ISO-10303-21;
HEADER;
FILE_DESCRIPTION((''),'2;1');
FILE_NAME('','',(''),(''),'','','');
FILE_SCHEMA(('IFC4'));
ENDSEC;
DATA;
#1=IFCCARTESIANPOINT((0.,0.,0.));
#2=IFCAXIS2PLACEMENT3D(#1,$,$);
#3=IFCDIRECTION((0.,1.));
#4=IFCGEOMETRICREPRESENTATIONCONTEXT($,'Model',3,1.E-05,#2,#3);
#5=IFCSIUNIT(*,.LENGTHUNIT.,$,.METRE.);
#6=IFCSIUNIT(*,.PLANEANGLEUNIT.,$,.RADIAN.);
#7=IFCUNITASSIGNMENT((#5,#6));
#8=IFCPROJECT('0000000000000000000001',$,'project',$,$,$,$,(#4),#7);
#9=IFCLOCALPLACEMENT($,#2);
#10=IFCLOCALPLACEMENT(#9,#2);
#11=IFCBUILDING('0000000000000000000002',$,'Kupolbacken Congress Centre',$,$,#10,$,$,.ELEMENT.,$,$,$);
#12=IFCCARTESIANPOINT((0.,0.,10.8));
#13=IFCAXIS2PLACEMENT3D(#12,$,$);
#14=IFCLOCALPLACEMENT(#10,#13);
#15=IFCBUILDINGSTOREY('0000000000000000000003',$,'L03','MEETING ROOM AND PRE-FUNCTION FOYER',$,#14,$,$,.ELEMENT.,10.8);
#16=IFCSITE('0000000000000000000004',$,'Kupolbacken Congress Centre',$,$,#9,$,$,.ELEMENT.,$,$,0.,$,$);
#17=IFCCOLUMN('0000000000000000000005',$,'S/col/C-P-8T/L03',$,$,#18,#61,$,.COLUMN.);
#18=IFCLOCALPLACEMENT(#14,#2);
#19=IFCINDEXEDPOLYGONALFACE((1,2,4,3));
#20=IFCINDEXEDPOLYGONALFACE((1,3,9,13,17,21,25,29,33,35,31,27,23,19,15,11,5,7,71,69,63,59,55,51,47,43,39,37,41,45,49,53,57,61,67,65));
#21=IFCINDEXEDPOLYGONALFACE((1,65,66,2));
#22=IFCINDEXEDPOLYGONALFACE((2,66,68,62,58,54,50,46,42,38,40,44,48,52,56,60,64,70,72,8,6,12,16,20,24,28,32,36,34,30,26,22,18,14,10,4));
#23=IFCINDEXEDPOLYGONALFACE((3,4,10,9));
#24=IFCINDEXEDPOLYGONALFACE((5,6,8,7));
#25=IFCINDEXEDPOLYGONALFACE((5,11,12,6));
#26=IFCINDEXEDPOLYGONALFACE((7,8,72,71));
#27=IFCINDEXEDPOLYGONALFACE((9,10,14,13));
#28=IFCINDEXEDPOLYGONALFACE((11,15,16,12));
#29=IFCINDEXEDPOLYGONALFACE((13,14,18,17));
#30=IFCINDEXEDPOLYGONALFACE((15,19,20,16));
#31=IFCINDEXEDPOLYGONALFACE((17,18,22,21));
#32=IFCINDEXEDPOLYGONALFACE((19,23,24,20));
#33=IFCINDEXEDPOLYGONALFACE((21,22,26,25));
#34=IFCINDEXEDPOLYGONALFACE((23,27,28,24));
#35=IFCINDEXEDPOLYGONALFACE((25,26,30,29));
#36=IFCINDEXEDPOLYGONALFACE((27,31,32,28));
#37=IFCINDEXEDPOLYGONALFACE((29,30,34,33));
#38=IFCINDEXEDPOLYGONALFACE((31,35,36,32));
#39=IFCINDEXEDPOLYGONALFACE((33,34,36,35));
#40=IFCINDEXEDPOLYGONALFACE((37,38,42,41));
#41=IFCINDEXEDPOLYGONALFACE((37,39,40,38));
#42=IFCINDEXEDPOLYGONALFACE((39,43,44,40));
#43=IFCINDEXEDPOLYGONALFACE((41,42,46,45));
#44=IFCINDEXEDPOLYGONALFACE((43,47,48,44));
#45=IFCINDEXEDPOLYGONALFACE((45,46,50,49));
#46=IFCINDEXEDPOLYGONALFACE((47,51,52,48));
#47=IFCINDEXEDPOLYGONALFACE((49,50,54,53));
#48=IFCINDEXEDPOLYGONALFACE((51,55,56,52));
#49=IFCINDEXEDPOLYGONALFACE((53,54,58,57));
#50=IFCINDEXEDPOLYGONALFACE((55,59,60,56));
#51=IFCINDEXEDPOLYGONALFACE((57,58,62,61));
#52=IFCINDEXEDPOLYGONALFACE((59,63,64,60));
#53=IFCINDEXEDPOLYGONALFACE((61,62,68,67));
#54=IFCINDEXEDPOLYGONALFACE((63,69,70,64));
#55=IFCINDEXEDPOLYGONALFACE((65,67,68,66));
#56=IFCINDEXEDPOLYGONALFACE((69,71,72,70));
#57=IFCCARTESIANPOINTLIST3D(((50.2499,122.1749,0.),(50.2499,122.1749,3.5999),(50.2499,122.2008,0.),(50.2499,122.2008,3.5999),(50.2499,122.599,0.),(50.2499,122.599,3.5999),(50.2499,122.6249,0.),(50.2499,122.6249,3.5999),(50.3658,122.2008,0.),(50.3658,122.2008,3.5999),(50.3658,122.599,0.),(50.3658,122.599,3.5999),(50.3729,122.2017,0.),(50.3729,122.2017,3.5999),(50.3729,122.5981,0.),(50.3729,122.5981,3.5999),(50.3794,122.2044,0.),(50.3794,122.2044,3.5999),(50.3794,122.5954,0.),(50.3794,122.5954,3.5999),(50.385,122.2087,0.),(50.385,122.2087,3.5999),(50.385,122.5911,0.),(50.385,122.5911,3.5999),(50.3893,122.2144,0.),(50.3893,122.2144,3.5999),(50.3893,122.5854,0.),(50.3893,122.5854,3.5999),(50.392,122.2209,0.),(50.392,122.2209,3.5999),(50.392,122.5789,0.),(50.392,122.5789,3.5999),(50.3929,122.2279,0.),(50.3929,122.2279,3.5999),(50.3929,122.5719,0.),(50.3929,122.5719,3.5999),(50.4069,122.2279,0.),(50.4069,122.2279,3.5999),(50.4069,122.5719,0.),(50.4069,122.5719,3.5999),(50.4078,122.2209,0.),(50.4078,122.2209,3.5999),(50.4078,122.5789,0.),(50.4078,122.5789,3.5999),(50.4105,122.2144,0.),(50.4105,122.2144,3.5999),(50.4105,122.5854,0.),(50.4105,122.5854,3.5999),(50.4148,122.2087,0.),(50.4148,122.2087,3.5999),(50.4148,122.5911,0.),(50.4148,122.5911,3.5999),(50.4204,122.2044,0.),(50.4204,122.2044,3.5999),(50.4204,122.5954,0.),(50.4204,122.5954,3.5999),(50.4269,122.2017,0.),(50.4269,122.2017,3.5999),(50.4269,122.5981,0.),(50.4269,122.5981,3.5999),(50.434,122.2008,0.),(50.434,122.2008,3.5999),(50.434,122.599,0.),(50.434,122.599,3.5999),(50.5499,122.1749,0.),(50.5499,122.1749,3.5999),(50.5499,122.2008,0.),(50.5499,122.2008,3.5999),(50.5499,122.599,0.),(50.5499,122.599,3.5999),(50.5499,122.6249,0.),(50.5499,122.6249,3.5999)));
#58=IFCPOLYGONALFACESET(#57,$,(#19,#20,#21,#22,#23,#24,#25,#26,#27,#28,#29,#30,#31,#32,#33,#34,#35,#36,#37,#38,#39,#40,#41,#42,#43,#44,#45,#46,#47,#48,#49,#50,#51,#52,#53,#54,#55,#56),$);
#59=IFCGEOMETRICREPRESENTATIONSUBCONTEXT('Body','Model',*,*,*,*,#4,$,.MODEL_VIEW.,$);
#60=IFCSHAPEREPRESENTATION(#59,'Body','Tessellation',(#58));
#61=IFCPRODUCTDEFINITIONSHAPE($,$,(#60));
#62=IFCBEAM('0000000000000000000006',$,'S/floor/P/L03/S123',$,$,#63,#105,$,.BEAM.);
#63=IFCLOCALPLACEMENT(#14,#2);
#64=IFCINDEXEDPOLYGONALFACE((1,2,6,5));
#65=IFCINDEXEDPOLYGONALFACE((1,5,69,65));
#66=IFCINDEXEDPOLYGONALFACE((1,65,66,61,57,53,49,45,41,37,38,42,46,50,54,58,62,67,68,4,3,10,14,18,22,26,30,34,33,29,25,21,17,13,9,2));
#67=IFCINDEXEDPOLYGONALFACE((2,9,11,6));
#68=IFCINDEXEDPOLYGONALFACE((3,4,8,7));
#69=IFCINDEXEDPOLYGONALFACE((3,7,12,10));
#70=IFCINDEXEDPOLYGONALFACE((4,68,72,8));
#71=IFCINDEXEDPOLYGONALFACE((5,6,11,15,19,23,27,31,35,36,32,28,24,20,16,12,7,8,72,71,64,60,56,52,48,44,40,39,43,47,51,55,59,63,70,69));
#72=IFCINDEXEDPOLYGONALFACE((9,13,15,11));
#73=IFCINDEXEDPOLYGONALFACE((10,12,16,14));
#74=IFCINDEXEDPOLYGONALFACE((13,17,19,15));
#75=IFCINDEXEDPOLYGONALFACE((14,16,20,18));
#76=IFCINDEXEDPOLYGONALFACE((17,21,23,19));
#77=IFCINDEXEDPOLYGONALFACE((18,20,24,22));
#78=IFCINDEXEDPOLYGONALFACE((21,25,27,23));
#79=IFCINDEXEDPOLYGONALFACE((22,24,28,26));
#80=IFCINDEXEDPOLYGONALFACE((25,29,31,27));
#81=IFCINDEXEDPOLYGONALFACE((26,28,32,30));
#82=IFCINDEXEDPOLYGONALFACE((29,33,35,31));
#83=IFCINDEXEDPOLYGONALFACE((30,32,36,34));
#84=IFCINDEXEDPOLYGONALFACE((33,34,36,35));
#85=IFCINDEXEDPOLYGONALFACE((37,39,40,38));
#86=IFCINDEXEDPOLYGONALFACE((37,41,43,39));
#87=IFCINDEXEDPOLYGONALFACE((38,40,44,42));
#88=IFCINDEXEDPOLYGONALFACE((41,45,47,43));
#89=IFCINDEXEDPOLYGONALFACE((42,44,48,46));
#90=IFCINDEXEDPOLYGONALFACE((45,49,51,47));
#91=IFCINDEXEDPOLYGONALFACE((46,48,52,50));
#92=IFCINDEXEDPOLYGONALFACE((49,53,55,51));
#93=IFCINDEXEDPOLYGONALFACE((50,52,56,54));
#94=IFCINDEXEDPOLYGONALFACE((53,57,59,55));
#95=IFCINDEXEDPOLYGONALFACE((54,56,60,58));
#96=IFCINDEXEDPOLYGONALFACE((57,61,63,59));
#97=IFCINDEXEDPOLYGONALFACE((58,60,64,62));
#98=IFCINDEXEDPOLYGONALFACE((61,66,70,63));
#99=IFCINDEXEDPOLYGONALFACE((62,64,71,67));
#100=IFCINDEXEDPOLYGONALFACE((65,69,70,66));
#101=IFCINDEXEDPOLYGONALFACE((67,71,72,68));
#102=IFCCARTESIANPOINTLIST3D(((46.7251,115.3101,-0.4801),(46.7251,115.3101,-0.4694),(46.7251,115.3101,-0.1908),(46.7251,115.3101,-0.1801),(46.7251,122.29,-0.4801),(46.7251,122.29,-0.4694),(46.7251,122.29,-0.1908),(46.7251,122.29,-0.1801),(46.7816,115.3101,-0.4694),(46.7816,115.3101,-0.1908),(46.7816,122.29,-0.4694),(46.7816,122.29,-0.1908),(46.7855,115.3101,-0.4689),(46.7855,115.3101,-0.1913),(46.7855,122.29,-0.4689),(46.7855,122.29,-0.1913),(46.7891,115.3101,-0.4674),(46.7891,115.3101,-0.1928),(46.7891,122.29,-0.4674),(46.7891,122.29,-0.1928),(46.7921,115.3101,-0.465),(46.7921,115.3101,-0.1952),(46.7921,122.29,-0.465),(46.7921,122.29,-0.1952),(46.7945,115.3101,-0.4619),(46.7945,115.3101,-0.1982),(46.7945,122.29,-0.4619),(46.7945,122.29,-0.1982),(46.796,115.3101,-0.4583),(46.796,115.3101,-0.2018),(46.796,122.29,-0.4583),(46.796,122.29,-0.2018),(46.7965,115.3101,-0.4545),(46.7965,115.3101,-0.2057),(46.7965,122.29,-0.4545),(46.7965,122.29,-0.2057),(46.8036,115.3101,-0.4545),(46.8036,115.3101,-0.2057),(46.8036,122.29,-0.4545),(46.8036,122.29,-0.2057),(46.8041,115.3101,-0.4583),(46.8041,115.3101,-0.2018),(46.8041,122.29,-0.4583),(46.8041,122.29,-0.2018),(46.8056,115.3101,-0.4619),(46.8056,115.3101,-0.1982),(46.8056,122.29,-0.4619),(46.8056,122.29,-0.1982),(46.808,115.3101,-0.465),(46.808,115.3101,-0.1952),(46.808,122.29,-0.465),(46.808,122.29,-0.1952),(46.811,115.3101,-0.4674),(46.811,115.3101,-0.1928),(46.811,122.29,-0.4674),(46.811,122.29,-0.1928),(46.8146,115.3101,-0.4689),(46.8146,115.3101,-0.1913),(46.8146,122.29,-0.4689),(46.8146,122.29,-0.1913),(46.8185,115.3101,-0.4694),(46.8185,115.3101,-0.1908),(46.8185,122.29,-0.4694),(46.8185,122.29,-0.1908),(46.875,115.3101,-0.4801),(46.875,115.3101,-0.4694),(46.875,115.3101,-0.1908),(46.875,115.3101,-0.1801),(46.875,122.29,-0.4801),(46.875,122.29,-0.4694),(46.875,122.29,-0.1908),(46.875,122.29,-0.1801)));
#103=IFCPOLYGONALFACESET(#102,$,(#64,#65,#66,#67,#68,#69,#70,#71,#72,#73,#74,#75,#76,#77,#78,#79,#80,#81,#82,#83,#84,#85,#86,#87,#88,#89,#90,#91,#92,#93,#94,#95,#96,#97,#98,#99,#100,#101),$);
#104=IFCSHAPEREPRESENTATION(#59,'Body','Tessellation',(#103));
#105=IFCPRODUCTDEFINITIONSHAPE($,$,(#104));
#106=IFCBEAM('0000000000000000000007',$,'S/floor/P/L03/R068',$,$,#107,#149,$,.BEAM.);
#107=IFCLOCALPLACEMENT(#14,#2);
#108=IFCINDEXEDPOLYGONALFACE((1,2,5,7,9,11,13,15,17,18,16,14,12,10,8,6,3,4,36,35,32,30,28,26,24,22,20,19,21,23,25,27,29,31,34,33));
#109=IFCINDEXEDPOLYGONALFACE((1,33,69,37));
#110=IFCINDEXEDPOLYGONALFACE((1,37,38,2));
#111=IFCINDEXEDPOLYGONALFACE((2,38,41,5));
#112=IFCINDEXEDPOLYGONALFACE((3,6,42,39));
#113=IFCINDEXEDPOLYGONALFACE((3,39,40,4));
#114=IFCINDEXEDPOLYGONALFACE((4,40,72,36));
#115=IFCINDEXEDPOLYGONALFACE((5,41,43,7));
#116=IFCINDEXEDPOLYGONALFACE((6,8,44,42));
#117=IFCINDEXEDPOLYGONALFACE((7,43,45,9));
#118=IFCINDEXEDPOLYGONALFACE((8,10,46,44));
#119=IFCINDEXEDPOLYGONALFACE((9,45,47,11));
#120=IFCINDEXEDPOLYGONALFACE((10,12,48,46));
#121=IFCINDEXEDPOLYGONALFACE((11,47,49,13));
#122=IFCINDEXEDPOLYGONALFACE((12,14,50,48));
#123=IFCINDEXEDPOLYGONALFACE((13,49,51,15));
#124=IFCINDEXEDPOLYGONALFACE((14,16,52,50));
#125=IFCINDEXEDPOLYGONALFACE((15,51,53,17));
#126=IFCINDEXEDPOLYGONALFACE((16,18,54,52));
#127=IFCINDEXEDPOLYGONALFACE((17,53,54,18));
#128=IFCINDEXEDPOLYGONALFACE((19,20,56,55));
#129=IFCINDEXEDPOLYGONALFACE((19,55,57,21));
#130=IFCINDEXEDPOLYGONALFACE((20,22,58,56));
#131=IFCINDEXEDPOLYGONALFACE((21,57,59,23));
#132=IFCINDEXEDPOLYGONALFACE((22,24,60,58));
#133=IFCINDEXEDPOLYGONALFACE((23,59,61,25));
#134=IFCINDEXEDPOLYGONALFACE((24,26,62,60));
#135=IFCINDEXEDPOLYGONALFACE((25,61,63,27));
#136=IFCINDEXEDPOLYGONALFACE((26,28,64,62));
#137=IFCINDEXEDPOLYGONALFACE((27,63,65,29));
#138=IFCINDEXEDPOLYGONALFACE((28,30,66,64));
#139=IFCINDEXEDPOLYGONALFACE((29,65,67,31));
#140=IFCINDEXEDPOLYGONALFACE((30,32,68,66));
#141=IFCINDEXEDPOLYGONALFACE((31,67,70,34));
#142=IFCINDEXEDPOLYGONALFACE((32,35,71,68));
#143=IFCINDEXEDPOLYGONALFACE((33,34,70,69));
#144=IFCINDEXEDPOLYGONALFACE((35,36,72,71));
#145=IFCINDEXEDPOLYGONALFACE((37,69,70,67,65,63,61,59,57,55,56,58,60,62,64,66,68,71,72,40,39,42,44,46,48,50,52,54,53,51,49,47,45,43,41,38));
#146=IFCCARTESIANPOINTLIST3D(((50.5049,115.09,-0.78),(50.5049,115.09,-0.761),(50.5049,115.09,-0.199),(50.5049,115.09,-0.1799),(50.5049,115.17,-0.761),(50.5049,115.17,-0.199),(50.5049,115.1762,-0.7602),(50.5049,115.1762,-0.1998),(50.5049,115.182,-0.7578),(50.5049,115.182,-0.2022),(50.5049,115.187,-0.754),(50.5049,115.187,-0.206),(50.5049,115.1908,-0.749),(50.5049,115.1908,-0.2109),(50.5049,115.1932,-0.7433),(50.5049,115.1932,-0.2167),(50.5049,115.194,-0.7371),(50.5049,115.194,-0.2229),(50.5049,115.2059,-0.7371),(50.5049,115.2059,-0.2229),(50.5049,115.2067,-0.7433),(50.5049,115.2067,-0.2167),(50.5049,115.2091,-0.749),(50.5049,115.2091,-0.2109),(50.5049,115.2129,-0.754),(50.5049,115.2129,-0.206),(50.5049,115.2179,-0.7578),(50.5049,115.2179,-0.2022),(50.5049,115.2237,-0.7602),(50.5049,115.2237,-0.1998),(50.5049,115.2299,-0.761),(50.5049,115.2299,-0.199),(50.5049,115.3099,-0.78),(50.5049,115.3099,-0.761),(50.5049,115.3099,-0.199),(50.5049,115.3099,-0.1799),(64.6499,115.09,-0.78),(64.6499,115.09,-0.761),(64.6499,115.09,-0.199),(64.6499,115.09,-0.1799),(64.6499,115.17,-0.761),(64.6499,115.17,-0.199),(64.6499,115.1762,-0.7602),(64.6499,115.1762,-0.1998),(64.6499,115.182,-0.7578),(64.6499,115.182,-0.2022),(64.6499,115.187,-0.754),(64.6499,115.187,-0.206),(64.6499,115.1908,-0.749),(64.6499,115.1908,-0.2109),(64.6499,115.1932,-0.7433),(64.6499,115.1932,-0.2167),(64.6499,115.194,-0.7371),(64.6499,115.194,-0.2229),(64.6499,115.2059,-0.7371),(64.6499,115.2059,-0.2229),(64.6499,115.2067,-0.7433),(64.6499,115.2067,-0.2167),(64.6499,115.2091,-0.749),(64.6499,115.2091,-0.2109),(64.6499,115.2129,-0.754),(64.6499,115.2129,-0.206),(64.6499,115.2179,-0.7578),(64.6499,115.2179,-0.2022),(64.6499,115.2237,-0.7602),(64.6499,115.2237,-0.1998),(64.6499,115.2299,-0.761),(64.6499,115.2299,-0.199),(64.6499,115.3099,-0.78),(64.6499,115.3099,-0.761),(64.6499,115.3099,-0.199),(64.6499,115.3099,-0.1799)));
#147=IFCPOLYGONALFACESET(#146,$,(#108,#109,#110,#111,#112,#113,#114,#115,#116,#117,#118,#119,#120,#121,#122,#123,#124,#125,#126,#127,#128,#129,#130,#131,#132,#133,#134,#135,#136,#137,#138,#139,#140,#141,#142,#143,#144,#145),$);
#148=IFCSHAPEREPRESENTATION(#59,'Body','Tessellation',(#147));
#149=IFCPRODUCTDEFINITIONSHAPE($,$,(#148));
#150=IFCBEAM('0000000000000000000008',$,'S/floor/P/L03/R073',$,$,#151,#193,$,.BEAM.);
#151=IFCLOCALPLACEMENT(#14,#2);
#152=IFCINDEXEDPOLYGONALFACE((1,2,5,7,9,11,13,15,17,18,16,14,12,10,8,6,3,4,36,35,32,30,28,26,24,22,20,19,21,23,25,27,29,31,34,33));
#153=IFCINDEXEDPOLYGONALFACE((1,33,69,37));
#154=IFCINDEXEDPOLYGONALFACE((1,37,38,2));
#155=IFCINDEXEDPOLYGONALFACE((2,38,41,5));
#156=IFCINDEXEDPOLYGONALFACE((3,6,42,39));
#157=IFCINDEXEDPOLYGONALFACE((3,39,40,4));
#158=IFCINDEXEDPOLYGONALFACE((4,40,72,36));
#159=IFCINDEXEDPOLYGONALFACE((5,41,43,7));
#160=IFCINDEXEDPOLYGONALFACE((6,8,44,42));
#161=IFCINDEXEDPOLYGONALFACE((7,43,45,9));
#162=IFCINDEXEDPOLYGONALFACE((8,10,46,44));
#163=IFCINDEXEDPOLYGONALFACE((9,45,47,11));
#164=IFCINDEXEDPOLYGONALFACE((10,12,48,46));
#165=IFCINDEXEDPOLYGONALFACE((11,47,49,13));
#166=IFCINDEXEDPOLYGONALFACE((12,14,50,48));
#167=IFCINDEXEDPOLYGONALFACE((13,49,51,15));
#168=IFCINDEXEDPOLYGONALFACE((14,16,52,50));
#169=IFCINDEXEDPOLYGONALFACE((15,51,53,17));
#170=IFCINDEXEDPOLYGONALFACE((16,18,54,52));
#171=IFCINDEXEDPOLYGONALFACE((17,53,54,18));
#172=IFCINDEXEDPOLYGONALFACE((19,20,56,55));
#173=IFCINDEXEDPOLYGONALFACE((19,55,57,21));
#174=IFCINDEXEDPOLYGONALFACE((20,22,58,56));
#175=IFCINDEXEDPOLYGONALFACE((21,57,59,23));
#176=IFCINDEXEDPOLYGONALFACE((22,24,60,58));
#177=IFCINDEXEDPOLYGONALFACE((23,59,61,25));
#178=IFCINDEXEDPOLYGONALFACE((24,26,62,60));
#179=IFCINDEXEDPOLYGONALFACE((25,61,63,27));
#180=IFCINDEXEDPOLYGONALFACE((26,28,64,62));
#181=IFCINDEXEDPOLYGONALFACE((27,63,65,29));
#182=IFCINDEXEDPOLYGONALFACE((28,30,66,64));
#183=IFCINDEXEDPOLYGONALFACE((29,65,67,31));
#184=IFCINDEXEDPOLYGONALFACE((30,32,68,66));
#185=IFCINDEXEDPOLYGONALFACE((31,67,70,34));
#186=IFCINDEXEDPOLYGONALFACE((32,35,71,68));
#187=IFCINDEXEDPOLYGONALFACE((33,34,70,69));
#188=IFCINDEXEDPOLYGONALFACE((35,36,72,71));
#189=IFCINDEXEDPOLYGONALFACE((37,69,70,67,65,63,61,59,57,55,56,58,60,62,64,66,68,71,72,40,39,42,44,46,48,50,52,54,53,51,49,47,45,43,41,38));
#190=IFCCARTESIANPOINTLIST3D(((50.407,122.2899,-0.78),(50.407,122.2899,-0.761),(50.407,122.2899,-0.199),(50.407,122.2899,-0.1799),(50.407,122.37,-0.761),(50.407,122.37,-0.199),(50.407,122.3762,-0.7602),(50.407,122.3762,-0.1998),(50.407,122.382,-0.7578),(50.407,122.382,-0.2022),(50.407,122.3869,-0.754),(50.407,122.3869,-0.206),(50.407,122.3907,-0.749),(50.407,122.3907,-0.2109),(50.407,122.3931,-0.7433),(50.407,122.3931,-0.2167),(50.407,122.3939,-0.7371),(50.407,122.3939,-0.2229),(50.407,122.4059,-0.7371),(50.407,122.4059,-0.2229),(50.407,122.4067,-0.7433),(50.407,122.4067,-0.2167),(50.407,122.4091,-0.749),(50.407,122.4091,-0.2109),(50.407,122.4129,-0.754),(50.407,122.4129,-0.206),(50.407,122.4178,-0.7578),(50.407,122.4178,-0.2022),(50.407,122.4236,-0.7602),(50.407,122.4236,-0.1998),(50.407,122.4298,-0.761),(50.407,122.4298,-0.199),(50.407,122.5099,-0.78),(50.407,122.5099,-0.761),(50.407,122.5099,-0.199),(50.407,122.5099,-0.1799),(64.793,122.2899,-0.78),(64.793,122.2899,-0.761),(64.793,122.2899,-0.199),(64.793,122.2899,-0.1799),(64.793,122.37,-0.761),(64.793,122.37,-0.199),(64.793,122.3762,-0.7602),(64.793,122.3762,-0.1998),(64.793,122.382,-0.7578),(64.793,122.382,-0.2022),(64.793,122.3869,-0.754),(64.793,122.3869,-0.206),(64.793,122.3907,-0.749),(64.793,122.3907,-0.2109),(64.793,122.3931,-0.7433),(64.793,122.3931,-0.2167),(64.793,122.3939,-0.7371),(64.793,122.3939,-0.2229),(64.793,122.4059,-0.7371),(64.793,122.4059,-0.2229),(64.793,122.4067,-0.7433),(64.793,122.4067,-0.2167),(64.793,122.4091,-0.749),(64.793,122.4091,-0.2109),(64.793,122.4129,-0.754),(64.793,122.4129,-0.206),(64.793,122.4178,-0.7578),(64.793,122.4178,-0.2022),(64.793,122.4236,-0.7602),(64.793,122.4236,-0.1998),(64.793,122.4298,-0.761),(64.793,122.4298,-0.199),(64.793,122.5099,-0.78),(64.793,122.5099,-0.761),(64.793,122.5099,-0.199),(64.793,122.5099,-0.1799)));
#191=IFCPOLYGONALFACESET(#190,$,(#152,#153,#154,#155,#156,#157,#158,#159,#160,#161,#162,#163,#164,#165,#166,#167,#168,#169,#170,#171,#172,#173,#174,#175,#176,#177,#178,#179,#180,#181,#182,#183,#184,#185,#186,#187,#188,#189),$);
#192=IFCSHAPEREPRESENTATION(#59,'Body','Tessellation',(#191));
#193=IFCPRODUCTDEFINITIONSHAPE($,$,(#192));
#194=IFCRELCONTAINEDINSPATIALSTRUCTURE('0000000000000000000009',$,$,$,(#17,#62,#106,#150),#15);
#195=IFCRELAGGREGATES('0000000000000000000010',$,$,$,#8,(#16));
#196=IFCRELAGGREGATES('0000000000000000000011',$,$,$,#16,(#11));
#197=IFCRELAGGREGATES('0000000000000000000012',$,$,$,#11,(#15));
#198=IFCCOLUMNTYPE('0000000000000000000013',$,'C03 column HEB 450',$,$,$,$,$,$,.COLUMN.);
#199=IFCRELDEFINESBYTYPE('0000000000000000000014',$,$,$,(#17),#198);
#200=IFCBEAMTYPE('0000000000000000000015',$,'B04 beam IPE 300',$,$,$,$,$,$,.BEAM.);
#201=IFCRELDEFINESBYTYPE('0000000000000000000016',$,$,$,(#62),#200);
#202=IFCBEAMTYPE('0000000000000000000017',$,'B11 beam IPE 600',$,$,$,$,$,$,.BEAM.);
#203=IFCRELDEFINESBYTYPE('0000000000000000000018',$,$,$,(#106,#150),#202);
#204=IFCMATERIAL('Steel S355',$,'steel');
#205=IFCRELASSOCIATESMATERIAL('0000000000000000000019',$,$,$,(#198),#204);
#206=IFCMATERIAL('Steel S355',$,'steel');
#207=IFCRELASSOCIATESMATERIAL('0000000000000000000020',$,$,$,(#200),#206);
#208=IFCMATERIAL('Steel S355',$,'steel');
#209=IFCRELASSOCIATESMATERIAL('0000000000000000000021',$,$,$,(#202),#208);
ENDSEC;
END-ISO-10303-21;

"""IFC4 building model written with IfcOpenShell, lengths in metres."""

from ifc_helpers import new_model, si_unit, direction, frame, origin, origin_2d, place, context, subcontext, project, spatial, i_section, extrude, material, material_profile, profile_set, type_object, element, save


model = new_model("IFC4")

# Units and contexts
model_context = context("Model", 3, precision=1e-05, world=origin(), true_north=direction((0.0, 1.0)))
body_context = subcontext(model_context, "Body", "Model", "MODEL_VIEW")
ifc_project = project(units=[si_unit("LENGTHUNIT", "METRE"), si_unit("PLANEANGLEUNIT", "RADIAN")], contexts=[model_context])

# Site, building, storey
site_placement = place(None, origin())
site = spatial("IfcSite", under=ifc_project, at=site_placement, Name="Kupolbacken Congress Centre", CompositionType="ELEMENT", RefElevation=0.0)
building_placement = place(site_placement, origin())
building = spatial("IfcBuilding", under=site, at=building_placement, Name="Kupolbacken Congress Centre", CompositionType="ELEMENT")
storey_placement = place(building_placement, frame((0.0, 0.0, 10.8)))
storey = spatial("IfcBuildingStorey", under=building, at=storey_placement, Name="L03", Description="MEETING ROOM AND PRE-FUNCTION FOYER", CompositionType="ELEMENT", Elevation=10.8)

# Column
ifc_material_1 = material(Name="Steel S355", Category="steel")
ifc_material_profile_1 = material_profile(ifc_material_1, i_section(OverallWidth=0.3, OverallDepth=0.45, WebThickness=0.0139, FlangeThickness=0.0259, FilletRadius=0.0271, at=origin_2d()), Name="HEB 450")
ifc_profile_set_1 = profile_set([ifc_material_profile_1], Name="Steel S355")
column_type = type_object("IfcColumnType", Name="C03 column HEB 450", PredefinedType="COLUMN", material=ifc_profile_set_1)
column_placement = place(storey_placement, frame((50.3999, 122.3999, 0.0), z_axis=(0.0, 0.0, 1.0), x_axis=(1.0, 0.0, 0.0)))
element("IfcColumn", 1, at=column_placement, inside=storey, type_object=column_type, Name="S/col/C-P-8T/L03", PredefinedType="COLUMN", context=body_context, shape_type="SweptSolid", body=[
    extrude(i_section(OverallWidth=0.3, OverallDepth=0.45, WebThickness=0.0139, FlangeThickness=0.0259, FilletRadius=0.0271, at=origin_2d()), origin(), (0.0, 0.0, 1.0), 3.5999),
])

# Beams
ifc_material_2 = material(Name="Steel S355", Category="steel")
ifc_material_profile_2 = material_profile(ifc_material_2, i_section(OverallWidth=0.1499, OverallDepth=0.3, WebThickness=0.0071, FlangeThickness=0.0107, FilletRadius=0.0149, at=origin_2d()), Name="IPE 300")
ifc_profile_set_2 = profile_set([ifc_material_profile_2], Name="Steel S355")
beam_type_1 = type_object("IfcBeamType", Name="B04 beam IPE 300", PredefinedType="BEAM", material=ifc_profile_set_2)
beam_1_placement = place(storey_placement, frame((46.8, 115.3101, -0.3301), z_axis=(0.0, 1.0, 0.0), x_axis=(-1.0, 0.0, 0.0)))
element("IfcBeam", 2, at=beam_1_placement, inside=storey, type_object=beam_type_1, Name="S/floor/P/L03/S123", PredefinedType="BEAM", context=body_context, shape_type="SweptSolid", body=[
    extrude(i_section(OverallWidth=0.1499, OverallDepth=0.3, WebThickness=0.0071, FlangeThickness=0.0107, FilletRadius=0.0149, at=origin_2d()), origin(), (0.0, 0.0, 1.0), 6.98),
])
ifc_material_3 = material(Name="Steel S355", Category="steel")
ifc_material_profile_3 = material_profile(ifc_material_3, i_section(OverallWidth=0.22, OverallDepth=0.6001, WebThickness=0.012, FlangeThickness=0.019, FilletRadius=0.0239, at=origin_2d()), Name="IPE 600")
ifc_profile_set_3 = profile_set([ifc_material_profile_3], Name="Steel S355")
beam_type_2 = type_object("IfcBeamType", Name="B11 beam IPE 600", PredefinedType="BEAM", material=ifc_profile_set_3)
beam_2_placement = place(storey_placement, frame((50.5049, 115.2, -0.48), z_axis=(1.0, 0.0, 0.0), x_axis=(0.0, 1.0, 0.0)))
element("IfcBeam", 3, at=beam_2_placement, inside=storey, type_object=beam_type_2, Name="S/floor/P/L03/R068", PredefinedType="BEAM", context=body_context, shape_type="SweptSolid", body=[
    extrude(i_section(OverallWidth=0.22, OverallDepth=0.6001, WebThickness=0.012, FlangeThickness=0.019, FilletRadius=0.0239, at=origin_2d()), origin(), (0.0, 0.0, 1.0), 14.145),
])
beam_3_placement = place(storey_placement, frame((50.407, 122.3999, -0.48), z_axis=(1.0, 0.0, 0.0), x_axis=(0.0, 1.0, 0.0)))
element("IfcBeam", 4, at=beam_3_placement, inside=storey, type_object=beam_type_2, Name="S/floor/P/L03/R073", PredefinedType="BEAM", context=body_context, shape_type="SweptSolid", body=[
    extrude(i_section(OverallWidth=0.22, OverallDepth=0.6001, WebThickness=0.012, FlangeThickness=0.019, FilletRadius=0.0239, at=origin_2d()), origin(), (0.0, 0.0, 1.0), 14.386),
])

save(model, "model.ifc")
